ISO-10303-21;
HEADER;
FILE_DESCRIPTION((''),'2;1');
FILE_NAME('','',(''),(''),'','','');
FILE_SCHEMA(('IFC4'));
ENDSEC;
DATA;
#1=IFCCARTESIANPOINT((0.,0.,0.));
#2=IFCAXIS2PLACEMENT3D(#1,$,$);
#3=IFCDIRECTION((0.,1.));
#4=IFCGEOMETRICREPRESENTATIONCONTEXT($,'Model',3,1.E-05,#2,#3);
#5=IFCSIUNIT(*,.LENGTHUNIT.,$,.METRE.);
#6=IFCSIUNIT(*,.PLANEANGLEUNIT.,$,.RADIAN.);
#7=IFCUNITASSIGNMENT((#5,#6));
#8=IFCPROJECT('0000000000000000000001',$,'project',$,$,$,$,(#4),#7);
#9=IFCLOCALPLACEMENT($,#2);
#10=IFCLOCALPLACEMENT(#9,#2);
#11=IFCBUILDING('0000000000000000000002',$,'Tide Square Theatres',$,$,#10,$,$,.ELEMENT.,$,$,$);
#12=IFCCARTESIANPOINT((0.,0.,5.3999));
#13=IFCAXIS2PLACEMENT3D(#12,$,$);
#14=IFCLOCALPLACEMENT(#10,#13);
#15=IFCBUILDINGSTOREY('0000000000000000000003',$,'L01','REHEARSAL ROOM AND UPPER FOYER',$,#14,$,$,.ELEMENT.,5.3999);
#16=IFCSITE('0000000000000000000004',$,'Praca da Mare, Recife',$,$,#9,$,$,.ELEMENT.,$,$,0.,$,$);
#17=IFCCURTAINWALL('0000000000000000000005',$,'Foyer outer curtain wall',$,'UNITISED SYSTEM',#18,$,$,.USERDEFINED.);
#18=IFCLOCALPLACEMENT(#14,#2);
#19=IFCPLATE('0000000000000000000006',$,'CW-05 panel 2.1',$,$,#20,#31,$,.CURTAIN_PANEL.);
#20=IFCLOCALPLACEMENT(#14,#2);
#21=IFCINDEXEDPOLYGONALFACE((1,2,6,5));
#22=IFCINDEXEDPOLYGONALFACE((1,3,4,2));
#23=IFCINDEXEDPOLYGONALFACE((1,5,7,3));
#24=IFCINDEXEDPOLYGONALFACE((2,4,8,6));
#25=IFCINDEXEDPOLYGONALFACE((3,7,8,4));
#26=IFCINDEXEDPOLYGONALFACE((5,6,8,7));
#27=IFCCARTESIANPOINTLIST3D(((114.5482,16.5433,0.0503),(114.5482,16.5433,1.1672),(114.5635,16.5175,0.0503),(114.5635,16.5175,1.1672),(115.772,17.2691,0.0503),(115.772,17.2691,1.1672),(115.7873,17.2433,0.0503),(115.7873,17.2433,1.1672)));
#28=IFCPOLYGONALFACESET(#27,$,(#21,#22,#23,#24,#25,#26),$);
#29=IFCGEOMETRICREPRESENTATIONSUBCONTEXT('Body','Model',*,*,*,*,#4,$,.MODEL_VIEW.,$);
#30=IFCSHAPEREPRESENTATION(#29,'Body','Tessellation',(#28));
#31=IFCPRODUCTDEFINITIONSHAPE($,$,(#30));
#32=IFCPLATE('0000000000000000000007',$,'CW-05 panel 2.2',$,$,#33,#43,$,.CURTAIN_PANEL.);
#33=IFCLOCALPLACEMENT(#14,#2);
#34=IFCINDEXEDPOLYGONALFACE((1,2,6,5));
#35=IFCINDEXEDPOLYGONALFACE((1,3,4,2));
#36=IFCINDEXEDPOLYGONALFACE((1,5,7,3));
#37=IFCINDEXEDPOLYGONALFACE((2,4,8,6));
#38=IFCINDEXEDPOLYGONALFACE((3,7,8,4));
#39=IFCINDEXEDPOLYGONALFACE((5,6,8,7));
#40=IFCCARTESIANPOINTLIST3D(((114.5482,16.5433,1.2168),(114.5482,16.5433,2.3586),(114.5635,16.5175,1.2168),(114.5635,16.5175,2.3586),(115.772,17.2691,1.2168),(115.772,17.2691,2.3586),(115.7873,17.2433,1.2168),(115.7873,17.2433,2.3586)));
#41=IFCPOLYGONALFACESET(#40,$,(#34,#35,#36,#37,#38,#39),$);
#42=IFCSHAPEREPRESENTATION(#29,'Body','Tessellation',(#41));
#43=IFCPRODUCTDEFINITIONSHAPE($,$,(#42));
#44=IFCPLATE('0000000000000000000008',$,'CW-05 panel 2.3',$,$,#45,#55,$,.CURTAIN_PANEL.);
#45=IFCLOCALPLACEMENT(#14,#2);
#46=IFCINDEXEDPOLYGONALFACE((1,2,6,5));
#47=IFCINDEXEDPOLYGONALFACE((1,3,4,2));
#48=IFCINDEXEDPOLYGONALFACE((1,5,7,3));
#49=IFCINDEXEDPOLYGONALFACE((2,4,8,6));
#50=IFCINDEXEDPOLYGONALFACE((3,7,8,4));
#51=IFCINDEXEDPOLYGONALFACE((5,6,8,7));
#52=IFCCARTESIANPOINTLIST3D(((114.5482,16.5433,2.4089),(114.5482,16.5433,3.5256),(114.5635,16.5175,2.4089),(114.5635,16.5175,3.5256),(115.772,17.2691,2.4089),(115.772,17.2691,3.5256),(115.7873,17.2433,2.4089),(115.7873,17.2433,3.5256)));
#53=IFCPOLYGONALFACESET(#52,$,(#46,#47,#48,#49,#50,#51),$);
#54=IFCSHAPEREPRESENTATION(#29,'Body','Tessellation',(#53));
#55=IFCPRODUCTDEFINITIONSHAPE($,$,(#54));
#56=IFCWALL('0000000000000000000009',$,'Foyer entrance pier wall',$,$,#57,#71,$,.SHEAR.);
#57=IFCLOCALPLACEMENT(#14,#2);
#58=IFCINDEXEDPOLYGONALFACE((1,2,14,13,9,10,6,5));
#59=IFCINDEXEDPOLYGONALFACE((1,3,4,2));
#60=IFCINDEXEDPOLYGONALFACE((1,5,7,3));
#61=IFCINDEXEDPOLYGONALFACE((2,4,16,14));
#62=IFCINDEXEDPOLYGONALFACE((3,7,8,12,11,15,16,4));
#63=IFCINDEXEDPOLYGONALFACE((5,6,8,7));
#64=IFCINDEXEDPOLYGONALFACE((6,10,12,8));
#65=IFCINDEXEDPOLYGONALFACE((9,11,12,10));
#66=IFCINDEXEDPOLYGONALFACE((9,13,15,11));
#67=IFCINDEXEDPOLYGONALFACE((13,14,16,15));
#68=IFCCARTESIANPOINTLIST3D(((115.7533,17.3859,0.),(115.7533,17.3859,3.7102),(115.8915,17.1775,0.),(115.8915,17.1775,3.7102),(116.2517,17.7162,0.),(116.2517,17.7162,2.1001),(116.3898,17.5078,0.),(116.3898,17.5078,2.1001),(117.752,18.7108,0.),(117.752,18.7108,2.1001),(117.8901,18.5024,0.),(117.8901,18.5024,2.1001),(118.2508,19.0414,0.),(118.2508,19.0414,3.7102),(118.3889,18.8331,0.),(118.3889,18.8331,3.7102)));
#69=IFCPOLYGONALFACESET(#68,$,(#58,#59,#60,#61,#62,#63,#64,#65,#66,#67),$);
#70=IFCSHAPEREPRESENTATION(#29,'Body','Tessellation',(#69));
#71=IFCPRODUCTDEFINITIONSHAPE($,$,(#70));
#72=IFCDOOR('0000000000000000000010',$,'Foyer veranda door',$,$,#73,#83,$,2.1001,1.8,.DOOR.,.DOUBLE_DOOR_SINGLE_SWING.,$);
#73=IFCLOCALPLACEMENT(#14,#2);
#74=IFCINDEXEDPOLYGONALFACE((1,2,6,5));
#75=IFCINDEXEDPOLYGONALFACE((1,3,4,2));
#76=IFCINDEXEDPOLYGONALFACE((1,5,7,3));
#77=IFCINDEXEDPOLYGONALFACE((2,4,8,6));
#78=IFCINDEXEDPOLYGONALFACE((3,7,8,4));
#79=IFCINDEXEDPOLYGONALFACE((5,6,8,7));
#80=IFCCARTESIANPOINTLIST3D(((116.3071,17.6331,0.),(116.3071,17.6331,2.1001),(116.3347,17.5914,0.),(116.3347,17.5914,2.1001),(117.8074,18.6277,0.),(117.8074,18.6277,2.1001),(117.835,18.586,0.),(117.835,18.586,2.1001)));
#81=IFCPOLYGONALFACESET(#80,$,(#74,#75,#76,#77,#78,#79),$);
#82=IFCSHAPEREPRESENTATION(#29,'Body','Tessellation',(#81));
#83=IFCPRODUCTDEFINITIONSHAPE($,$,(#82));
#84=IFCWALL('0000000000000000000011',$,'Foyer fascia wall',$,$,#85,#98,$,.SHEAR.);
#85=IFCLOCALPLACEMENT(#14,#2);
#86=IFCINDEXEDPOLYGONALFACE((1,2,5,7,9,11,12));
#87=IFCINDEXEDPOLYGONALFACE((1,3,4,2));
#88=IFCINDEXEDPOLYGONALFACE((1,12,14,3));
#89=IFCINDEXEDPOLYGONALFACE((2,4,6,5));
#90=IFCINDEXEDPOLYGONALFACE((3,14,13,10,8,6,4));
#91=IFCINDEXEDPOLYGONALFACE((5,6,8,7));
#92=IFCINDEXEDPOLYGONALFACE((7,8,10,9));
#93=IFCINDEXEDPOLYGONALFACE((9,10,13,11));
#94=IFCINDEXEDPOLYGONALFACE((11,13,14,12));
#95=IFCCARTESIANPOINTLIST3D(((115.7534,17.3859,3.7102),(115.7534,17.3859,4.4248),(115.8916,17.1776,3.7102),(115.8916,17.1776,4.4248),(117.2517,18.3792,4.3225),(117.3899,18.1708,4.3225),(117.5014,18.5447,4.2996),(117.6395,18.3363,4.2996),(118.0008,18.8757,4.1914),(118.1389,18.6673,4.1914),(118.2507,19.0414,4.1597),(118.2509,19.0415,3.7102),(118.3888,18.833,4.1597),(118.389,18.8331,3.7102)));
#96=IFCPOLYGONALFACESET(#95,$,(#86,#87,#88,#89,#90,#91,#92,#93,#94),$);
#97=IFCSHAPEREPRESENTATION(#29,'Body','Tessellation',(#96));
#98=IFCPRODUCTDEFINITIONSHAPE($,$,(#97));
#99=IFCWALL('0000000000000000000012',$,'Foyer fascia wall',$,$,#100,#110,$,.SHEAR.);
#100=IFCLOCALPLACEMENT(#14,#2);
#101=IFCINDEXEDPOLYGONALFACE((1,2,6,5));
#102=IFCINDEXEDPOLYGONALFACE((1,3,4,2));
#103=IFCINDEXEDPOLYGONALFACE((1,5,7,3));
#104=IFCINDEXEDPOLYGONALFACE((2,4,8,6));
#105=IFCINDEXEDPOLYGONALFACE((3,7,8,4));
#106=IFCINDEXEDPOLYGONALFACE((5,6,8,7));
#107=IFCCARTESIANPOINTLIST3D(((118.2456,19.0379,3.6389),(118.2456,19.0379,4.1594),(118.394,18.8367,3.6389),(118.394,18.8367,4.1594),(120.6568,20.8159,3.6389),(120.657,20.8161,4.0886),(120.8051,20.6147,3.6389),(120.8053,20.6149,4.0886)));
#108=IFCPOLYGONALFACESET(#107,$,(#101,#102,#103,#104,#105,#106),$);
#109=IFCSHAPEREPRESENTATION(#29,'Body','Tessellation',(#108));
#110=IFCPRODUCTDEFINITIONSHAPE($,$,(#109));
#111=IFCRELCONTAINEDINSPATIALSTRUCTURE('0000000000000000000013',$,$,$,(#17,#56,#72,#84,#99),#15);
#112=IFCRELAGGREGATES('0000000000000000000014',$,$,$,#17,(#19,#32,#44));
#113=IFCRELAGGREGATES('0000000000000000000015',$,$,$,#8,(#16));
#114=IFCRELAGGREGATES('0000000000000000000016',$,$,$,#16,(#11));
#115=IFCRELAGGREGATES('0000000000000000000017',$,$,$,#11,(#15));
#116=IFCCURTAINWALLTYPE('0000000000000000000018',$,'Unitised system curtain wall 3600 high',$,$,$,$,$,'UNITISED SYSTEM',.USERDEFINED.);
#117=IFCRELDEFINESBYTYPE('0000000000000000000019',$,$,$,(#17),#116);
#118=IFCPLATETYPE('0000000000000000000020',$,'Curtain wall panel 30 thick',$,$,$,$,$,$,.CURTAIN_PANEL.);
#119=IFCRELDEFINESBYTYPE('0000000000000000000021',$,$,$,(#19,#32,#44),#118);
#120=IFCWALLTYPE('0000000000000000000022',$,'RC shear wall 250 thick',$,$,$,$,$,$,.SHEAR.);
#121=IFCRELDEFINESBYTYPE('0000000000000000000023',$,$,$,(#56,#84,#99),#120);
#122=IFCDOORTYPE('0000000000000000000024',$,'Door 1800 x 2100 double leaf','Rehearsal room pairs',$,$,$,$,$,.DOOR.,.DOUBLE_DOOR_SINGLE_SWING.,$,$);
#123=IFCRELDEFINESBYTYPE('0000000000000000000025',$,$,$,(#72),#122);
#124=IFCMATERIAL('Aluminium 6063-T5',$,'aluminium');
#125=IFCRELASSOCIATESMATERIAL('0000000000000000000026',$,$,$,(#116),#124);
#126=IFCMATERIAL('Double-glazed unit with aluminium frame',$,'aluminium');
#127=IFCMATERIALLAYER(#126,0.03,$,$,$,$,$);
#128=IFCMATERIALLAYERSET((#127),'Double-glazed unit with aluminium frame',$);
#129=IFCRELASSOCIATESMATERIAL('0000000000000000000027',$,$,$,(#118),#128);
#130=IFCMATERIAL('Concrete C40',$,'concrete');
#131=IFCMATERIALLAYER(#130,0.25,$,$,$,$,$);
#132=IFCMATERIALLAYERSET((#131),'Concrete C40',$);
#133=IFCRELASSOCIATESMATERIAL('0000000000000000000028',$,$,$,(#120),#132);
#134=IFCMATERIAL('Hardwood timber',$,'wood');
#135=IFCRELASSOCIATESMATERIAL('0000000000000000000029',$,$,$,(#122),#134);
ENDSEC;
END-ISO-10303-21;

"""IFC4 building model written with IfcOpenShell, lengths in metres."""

from ifc_helpers import new_model, si_unit, direction, frame, frame_2d, origin, origin_2d, place, context, subcontext, project, spatial, polyline, rectangle, outline, extrude, material, layer, layer_set, type_object, element, fill, aggregate, save


model = new_model("IFC4")

# Units and contexts
model_context = context("Model", 3, precision=1e-05, world=origin(), true_north=direction((0.0, 1.0)))
body_context = subcontext(model_context, "Body", "Model", "MODEL_VIEW")
ifc_project = project(units=[si_unit("LENGTHUNIT", "METRE"), si_unit("PLANEANGLEUNIT", "RADIAN")], contexts=[model_context])

# Site, building, storey
site_placement = place(None, origin())
site = spatial("IfcSite", under=ifc_project, at=site_placement, Name="Praca da Mare, Recife", CompositionType="ELEMENT", RefElevation=0.0)
building_placement = place(site_placement, origin())
building = spatial("IfcBuilding", under=site, at=building_placement, Name="Tide Square Theatres", CompositionType="ELEMENT")
storey_placement = place(building_placement, frame((0.0, 0.0, 5.3999)))
storey = spatial("IfcBuildingStorey", under=building, at=storey_placement, Name="L01", Description="REHEARSAL ROOM AND UPPER FOYER", CompositionType="ELEMENT", Elevation=5.3999)

# Curtain wall
ifc_material_1 = material(Name="Aluminium 6063-T5", Category="aluminium")
curtain_wall_type_1 = type_object("IfcCurtainWallType", Name="Unitised system curtain wall 3600 high", ElementType="UNITISED SYSTEM", PredefinedType="USERDEFINED", material=ifc_material_1)
curtain_wall_1_placement = place(storey_placement, origin())
curtain_wall_1 = element("IfcCurtainWall", 1, at=curtain_wall_1_placement, inside=storey, type_object=curtain_wall_type_1, Name="Foyer outer curtain wall", ObjectType="UNITISED SYSTEM", PredefinedType="USERDEFINED")

# Plates
ifc_material_2 = material(Name="Double-glazed unit with aluminium frame", Category="aluminium")
ifc_layer_1 = layer(ifc_material_2, 0.03)
ifc_layer_set_1 = layer_set([ifc_layer_1], Name="Double-glazed unit with aluminium frame")
plate_type = type_object("IfcPlateType", Name="Curtain wall panel 30 thick", PredefinedType="CURTAIN_PANEL", material=ifc_layer_set_1)
plate_1_placement = place(storey_placement, frame((115.1677, 16.8933, 0.0503), z_axis=(0.0, 0.0, 1.0), x_axis=(0.8601, 0.510125, 0.0)))
plate_1 = element("IfcPlate", 2, at=plate_1_placement, type_object=plate_type, Name="CW-05 panel 2.1", PredefinedType="CURTAIN_PANEL", context=body_context, shape_type="SweptSolid", body=[
    extrude(rectangle(XDim=1.4229, YDim=0.03, at=origin_2d()), origin(), (0.0, 0.0, 1.0), 1.1169),
])
plate_2_placement = place(storey_placement, frame((115.1677, 16.8933, 1.2168), z_axis=(0.0, 0.0, 1.0), x_axis=(0.8601, 0.510125, 0.0)))
plate_2 = element("IfcPlate", 3, at=plate_2_placement, type_object=plate_type, Name="CW-05 panel 2.2", PredefinedType="CURTAIN_PANEL", context=body_context, shape_type="SweptSolid", body=[
    extrude(rectangle(XDim=1.4229, YDim=0.03, at=origin_2d()), origin(), (0.0, 0.0, 1.0), 1.1418),
])
plate_3_placement = place(storey_placement, frame((115.1677, 16.8933, 2.4089), z_axis=(0.0, 0.0, 1.0), x_axis=(0.8601, 0.510125, 0.0)))
plate_3 = element("IfcPlate", 4, at=plate_3_placement, type_object=plate_type, Name="CW-05 panel 2.3", PredefinedType="CURTAIN_PANEL", context=body_context, shape_type="SweptSolid", body=[
    extrude(rectangle(XDim=1.4229, YDim=0.03, at=origin_2d()), origin(), (0.0, 0.0, 1.0), 1.1167),
])
aggregate(curtain_wall_1, [plate_1, plate_2, plate_3])

# Wall, opening, door
ifc_material_3 = material(Name="Concrete C40", Category="concrete")
ifc_layer_2 = layer(ifc_material_3, 0.25)
ifc_layer_set_2 = layer_set([ifc_layer_2], Name="Concrete C40")
wall_type = type_object("IfcWallType", Name="RC shear wall 250 thick", PredefinedType="SHEAR", material=ifc_layer_set_2)
wall_1_placement = place(storey_placement, frame((115.8225, 17.2817, 0.0), z_axis=(0.0, 0.0, 1.0), x_axis=(0.833489, 0.552536, 0.0)))
wall_1 = element("IfcWall", 5, at=wall_1_placement, inside=storey, type_object=wall_type, Name="Foyer entrance pier wall", PredefinedType="SHEAR", context=body_context, shape_type="SweptSolid", body=[
    extrude(rectangle(XDim=2.9963, YDim=0.25, at=frame_2d((1.498, 0.0))), origin(), (0.0, 0.0, 1.0), 3.7102),
])
opening_placement = place(wall_1_placement, frame((0.5979, 0.0, 0.0)))
opening = element("IfcOpeningElement", 6, at=opening_placement, cuts=wall_1, PredefinedType="OPENING", context=body_context, shape_type="SweptSolid", body=[
    extrude(rectangle(XDim=1.8, YDim=2.1001, at=frame_2d((0.8999, 1.05))), frame((0.0, 0.135, 0.0), z_axis=(0.0, -1.0, 0.0), x_axis=(1.0, 0.0, 0.0)), (0.0, 0.0, 1.0), 0.27),
])
ifc_material_4 = material(Name="Hardwood timber", Category="wood")
door_type = type_object("IfcDoorType", Name="Door 1800 x 2100 double leaf", Description="Rehearsal room pairs", OperationType="DOUBLE_DOOR_SINGLE_SWING", PredefinedType="DOOR", material=ifc_material_4)
door_placement = place(opening_placement, frame((1.8, 0.0, 0.0), z_axis=(0.0, 0.0, 1.0), x_axis=(-1.0, 0.0, 0.0)))
door = element("IfcDoor", 7, at=door_placement, inside=storey, type_object=door_type, Name="Foyer veranda door", OperationType="DOUBLE_DOOR_SINGLE_SWING", OverallHeight=2.1001, OverallWidth=1.8, PredefinedType="DOOR", context=body_context, shape_type="SweptSolid", body=[
    extrude(rectangle(XDim=1.8, YDim=2.1001, at=frame_2d((0.8999, 1.05))), frame((0.0, 0.0249, 0.0), z_axis=(0.0, -1.0, 0.0), x_axis=(1.0, 0.0, 0.0)), (0.0, 0.0, 1.0), 0.05),
])
fill(opening, door)

# Walls
wall_2_placement = place(storey_placement, frame((115.8225, 17.2817, 3.7102), z_axis=(0.0, 0.0, 1.0), x_axis=(0.833489, 0.552536, 0.0)))
element("IfcWall", 8, at=wall_2_placement, inside=storey, type_object=wall_type, Name="Foyer fascia wall", PredefinedType="SHEAR", context=body_context, shape_type="SweptSolid", body=[
    extrude(outline(polyline([(0.0, 0.0), (2.9963, 0.0), (2.9961, 0.4495), (2.6963, 0.4812), (2.0972, 0.5894), (1.7976, 0.6123), (0.0, 0.7146), (0.0, 0.0)])), frame((0.0, 0.125, 0.0), z_axis=(0.0, -1.0, 0.0), x_axis=(1.0, 0.0, 0.0)), (0.0, 0.0, 1.0), 0.25),
])
wall_3_placement = place(storey_placement, frame((118.3198, 18.9373, 3.6389), z_axis=(0.0, 0.0, 1.0), x_axis=(0.804824, 0.593513, 0.0)))
element("IfcWall", 9, at=wall_3_placement, inside=storey, type_object=wall_type, Name="Foyer fascia wall", PredefinedType="SHEAR", context=body_context, shape_type="SweptSolid", body=[
    extrude(outline(polyline([(0.0, 0.0), (2.9958, 0.0), (2.9961, 0.4497), (0.0, 0.5205), (0.0, 0.0)])), frame((0.0, 0.125, 0.0), z_axis=(0.0, -1.0, 0.0), x_axis=(1.0, 0.0, 0.0)), (0.0, 0.0, 1.0), 0.25),
])

save(model, "model.ifc")
